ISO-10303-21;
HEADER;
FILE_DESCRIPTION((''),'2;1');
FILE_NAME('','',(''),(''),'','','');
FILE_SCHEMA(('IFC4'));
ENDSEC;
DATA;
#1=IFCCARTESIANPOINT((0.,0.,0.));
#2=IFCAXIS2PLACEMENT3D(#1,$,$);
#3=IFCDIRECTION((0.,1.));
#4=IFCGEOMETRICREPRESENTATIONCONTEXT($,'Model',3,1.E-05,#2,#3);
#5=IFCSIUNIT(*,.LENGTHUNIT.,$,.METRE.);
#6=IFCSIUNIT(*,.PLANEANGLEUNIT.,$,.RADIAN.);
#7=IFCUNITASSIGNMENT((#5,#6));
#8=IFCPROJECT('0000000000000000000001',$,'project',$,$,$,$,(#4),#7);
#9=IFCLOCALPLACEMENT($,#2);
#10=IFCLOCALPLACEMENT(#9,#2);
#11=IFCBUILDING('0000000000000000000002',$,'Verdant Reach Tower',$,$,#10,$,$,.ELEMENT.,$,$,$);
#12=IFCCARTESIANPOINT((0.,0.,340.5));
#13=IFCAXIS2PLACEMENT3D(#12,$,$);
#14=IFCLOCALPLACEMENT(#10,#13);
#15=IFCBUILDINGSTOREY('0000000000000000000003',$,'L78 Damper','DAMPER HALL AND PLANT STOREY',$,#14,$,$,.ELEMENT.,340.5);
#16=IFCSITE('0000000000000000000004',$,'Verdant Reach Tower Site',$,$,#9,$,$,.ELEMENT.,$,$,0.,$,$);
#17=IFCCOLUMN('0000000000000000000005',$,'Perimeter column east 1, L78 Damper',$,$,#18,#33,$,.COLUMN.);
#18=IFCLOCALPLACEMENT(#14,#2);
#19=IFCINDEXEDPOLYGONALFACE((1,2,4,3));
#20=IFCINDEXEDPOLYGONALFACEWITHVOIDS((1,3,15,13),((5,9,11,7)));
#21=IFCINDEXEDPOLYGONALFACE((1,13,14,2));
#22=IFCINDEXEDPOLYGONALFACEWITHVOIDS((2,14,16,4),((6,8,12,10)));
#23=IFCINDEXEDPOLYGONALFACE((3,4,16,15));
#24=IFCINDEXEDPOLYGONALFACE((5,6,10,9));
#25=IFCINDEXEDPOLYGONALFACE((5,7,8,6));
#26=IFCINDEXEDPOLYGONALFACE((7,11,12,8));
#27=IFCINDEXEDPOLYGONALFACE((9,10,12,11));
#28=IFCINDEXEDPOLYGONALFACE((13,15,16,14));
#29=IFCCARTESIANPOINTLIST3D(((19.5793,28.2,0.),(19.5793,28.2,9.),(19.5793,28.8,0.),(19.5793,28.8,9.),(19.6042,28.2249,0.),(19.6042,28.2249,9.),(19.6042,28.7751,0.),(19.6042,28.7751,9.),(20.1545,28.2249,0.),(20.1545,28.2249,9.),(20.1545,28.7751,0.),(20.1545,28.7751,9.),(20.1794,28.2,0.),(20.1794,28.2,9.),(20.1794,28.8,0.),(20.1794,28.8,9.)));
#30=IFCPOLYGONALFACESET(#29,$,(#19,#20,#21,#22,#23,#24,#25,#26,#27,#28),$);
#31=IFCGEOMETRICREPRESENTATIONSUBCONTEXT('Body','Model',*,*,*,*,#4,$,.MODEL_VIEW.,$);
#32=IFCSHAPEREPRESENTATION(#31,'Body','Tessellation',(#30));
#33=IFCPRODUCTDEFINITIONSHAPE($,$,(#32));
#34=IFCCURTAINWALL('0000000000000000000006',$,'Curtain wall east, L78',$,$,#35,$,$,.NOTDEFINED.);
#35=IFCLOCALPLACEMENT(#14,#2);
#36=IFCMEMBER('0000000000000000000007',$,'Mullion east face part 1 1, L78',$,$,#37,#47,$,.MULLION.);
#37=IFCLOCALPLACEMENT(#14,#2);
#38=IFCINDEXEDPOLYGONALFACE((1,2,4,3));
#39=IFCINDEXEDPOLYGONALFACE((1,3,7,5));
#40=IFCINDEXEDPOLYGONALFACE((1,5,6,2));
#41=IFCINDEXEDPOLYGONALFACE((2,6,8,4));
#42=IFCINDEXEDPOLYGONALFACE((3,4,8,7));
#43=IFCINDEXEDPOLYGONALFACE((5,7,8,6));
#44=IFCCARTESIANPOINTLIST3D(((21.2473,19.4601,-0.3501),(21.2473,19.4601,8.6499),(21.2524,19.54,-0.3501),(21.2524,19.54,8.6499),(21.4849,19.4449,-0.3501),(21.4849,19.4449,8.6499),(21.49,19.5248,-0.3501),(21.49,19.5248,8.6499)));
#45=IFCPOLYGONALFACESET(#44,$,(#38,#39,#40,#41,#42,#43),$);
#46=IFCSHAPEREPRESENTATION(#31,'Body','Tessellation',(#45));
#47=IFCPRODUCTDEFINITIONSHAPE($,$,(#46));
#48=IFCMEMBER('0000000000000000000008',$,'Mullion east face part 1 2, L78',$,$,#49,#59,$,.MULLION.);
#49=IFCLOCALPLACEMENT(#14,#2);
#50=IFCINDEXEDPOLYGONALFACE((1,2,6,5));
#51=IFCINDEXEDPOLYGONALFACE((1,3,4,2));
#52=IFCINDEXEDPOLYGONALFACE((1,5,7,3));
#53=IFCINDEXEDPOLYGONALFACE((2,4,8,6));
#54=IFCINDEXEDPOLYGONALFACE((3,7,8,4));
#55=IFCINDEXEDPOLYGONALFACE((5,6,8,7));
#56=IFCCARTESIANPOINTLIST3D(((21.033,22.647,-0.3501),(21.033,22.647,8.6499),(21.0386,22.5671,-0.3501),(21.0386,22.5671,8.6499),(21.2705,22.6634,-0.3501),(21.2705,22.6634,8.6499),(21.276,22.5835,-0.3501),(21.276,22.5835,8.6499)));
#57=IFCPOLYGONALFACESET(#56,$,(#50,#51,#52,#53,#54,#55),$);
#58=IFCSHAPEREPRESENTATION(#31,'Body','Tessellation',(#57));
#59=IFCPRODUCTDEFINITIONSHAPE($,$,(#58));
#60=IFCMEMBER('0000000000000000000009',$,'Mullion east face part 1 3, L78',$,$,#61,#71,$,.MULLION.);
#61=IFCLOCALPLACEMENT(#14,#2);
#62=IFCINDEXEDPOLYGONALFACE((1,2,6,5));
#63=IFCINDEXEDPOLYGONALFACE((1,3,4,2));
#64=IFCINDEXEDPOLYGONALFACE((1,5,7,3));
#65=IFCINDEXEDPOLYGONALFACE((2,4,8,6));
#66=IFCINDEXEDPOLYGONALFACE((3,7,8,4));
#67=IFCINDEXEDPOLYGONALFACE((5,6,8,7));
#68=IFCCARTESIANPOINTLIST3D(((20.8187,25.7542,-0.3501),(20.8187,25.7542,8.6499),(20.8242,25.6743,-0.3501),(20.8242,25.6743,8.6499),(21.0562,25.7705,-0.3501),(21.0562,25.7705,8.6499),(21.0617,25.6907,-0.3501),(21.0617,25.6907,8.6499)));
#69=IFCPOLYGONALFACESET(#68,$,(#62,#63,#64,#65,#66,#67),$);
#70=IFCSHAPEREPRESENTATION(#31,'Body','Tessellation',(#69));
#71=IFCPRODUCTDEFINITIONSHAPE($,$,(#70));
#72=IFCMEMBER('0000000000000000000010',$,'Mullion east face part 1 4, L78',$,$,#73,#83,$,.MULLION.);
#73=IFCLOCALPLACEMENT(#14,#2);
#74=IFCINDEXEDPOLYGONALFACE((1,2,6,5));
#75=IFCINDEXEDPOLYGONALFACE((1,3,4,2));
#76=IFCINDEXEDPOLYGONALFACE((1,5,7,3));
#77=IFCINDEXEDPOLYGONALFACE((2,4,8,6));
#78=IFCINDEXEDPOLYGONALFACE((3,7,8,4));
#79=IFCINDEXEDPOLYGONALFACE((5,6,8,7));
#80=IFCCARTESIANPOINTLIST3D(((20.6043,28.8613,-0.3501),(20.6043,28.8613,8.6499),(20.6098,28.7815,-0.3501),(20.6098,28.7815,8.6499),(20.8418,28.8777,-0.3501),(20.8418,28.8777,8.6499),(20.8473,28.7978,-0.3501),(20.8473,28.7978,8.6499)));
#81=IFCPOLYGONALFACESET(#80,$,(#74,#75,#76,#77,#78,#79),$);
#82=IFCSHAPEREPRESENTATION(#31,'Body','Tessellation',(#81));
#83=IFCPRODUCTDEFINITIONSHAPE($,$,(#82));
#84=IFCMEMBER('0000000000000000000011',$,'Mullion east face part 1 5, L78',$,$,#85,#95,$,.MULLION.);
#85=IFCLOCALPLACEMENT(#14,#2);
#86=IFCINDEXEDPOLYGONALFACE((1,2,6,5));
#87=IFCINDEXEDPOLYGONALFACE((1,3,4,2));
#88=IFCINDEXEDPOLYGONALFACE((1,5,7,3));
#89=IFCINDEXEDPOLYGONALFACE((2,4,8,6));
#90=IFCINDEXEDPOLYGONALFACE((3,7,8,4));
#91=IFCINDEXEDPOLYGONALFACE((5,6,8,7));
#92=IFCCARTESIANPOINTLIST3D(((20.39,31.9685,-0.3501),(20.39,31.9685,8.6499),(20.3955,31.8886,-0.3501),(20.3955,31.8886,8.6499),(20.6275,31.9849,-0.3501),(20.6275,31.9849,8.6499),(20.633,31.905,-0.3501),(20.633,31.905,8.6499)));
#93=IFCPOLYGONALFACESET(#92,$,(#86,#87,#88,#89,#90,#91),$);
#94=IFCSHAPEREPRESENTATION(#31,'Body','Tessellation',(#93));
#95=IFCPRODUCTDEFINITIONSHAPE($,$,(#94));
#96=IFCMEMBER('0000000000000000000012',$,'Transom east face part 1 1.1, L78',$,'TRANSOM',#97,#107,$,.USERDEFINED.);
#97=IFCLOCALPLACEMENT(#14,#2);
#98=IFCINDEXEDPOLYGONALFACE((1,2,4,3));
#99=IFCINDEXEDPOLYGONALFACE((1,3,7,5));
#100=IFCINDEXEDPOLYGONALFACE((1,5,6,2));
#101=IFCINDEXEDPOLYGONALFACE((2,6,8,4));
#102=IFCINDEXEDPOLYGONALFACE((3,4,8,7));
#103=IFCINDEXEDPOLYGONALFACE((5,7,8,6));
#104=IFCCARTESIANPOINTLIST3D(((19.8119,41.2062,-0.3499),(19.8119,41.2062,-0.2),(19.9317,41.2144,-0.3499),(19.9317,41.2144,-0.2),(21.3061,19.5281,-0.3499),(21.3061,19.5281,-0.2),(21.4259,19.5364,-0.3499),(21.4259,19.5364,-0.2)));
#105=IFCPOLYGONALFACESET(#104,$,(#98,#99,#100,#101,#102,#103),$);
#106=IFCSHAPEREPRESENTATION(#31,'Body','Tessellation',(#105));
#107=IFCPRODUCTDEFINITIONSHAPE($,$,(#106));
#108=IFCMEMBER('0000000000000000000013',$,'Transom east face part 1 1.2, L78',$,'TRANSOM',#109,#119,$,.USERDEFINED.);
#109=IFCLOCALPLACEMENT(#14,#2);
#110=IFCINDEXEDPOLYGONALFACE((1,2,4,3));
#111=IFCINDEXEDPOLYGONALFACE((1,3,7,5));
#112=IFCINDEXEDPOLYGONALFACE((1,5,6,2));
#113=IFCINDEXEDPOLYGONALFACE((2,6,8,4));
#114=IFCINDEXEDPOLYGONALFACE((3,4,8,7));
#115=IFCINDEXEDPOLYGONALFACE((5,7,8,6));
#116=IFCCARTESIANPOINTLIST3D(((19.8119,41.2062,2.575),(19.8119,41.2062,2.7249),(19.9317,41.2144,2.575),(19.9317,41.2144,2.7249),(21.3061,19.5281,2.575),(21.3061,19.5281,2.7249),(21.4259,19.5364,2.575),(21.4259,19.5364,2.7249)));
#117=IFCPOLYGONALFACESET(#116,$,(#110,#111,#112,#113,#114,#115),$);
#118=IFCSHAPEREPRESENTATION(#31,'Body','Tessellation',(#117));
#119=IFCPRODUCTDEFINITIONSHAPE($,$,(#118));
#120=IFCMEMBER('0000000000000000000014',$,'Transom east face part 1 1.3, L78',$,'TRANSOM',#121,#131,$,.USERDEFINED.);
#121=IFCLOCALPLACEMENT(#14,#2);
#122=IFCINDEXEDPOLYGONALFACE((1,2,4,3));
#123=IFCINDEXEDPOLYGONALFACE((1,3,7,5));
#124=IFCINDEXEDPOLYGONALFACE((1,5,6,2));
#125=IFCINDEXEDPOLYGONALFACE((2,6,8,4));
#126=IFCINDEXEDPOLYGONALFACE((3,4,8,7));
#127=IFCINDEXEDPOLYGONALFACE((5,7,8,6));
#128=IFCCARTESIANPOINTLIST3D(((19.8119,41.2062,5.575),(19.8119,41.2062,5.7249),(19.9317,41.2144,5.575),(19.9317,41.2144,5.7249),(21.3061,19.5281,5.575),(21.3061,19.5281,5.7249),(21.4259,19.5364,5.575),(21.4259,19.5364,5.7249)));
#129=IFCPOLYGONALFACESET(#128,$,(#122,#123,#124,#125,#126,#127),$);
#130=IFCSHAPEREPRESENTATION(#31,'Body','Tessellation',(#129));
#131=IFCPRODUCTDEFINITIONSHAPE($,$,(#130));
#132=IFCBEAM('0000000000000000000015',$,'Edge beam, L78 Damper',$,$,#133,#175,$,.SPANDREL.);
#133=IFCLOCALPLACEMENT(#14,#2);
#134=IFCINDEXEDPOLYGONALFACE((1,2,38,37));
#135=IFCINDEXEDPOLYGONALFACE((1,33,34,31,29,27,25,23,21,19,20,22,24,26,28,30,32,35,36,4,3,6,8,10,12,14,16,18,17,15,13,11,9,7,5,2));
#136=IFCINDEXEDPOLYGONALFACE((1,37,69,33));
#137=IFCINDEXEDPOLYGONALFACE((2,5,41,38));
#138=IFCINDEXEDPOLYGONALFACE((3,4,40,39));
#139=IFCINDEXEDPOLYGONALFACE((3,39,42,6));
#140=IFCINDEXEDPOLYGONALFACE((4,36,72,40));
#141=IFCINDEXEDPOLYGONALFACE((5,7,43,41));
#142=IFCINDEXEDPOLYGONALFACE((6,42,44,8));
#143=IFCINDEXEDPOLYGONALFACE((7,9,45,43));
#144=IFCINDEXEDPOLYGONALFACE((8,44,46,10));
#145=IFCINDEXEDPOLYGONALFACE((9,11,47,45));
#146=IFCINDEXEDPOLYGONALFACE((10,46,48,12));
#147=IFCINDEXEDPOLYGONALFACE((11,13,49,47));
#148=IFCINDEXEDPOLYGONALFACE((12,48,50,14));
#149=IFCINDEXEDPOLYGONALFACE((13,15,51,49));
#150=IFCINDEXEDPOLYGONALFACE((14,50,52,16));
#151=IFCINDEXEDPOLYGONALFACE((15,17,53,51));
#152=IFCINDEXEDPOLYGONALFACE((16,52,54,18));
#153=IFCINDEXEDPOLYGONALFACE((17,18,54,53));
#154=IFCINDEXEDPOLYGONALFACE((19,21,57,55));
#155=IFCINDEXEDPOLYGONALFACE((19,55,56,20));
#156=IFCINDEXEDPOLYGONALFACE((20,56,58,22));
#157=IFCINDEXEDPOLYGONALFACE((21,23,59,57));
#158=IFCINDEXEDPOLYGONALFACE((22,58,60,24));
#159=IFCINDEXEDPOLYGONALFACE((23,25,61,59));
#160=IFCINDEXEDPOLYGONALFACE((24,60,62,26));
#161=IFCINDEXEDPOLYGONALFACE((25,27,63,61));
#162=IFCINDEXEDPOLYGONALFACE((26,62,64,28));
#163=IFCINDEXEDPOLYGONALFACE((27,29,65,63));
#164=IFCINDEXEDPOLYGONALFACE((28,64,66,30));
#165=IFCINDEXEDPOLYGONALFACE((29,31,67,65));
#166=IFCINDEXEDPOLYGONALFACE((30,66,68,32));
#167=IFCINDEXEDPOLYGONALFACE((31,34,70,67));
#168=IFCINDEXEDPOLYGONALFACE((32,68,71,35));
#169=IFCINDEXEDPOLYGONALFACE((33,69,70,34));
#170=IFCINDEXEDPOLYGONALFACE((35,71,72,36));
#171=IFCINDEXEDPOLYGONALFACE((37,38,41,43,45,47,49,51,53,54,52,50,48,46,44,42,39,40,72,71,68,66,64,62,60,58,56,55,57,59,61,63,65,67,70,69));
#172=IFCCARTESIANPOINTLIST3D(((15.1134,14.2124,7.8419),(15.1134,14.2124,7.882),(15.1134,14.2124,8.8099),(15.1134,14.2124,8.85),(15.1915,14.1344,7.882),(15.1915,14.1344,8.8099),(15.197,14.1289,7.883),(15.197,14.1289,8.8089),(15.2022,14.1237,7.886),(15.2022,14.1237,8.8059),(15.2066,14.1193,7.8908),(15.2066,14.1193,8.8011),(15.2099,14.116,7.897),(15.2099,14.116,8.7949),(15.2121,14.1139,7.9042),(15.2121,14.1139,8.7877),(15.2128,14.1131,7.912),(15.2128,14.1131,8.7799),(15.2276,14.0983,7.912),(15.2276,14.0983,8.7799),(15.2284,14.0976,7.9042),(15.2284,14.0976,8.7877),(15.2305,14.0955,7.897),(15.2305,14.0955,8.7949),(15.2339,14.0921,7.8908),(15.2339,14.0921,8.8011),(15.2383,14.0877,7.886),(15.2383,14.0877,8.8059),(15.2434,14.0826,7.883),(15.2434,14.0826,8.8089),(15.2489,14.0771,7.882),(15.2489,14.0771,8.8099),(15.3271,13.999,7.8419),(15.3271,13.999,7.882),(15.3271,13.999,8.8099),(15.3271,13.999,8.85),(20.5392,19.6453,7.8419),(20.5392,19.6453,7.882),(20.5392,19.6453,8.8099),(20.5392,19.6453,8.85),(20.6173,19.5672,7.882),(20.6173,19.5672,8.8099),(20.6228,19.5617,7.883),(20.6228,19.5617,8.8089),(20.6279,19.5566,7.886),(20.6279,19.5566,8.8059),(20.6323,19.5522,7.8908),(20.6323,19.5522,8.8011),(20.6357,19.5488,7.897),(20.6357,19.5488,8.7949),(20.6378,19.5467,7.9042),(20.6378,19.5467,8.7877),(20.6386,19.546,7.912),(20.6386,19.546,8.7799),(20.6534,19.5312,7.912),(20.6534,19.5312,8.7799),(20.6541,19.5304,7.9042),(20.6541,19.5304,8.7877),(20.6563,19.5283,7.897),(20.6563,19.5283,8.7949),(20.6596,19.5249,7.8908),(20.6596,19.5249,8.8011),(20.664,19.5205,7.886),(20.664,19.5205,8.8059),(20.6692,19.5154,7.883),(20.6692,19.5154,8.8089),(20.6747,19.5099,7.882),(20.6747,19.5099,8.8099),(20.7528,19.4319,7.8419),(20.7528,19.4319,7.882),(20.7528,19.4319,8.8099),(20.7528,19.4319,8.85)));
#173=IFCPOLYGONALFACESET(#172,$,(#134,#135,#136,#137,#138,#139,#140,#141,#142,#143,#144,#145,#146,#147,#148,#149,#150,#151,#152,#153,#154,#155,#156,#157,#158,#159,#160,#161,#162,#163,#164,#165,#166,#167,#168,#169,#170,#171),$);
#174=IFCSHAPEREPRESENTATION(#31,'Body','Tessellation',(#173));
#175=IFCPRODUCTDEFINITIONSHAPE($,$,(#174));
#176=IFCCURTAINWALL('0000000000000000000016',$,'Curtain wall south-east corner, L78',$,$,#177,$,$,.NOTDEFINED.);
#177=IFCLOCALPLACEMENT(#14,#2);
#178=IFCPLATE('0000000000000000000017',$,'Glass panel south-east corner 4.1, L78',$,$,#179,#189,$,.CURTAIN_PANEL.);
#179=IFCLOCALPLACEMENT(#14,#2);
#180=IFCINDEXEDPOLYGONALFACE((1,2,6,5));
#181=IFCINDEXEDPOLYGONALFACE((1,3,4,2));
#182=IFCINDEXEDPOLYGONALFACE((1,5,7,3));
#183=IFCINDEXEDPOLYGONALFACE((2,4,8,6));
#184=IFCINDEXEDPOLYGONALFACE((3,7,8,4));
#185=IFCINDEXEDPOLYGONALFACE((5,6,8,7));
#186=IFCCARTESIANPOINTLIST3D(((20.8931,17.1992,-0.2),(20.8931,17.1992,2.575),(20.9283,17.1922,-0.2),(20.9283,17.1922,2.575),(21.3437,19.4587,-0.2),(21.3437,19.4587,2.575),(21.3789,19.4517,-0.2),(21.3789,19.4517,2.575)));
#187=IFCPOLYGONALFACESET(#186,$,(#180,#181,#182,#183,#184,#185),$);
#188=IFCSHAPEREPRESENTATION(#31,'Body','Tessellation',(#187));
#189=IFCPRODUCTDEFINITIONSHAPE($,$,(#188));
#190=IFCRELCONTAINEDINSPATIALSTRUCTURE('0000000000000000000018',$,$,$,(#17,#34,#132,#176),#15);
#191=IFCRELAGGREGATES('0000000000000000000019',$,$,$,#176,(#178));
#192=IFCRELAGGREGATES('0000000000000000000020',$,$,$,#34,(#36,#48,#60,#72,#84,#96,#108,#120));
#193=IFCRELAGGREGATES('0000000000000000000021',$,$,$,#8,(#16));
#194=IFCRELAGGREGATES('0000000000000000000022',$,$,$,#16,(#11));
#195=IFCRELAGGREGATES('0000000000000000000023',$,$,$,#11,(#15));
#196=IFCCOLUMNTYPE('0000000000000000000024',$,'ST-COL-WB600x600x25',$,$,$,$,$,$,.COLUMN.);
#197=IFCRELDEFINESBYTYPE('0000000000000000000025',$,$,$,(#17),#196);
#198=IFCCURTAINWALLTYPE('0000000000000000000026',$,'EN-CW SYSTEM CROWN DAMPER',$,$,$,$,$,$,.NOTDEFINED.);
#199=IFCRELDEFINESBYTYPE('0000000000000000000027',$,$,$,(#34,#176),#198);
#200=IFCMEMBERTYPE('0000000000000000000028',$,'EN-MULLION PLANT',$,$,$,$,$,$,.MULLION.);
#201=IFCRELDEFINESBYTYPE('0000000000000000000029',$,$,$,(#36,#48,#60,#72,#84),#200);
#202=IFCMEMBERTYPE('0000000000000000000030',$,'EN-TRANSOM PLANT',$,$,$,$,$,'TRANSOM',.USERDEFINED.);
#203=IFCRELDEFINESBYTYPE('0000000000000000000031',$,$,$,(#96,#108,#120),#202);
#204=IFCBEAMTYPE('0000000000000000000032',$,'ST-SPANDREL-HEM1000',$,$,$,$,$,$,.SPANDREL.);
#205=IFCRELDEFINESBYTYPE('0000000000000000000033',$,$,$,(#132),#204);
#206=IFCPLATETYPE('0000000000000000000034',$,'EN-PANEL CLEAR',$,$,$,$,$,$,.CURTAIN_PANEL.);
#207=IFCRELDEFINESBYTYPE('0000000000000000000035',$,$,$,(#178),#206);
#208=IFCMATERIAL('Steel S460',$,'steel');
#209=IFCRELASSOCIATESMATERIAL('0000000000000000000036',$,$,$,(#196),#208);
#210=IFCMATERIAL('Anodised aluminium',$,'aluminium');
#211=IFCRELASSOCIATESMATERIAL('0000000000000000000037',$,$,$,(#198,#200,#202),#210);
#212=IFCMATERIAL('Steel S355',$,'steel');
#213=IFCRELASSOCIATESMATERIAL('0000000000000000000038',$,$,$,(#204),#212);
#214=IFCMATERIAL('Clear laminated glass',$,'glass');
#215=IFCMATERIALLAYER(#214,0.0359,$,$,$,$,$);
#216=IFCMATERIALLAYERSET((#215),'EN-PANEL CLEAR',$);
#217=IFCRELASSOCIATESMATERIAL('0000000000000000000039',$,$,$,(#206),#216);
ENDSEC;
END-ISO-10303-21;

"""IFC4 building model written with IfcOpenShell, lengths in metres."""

from ifc_helpers import new_model, si_unit, direction, frame, origin, origin_2d, place, context, subcontext, project, spatial, rectangle, hollow_rectangle, i_section, extrude, material, layer, layer_set, material_profile, profile_set, type_object, element, aggregate, save


model = new_model("IFC4")

# Units and contexts
model_context = context("Model", 3, precision=1e-05, world=origin(), true_north=direction((0.0, 1.0)))
body_context = subcontext(model_context, "Body", "Model", "MODEL_VIEW")
ifc_project = project(units=[si_unit("LENGTHUNIT", "METRE"), si_unit("PLANEANGLEUNIT", "RADIAN")], contexts=[model_context])

# Site, building, storey
site_placement = place(None, origin())
site = spatial("IfcSite", under=ifc_project, at=site_placement, Name="Verdant Reach Tower Site", CompositionType="ELEMENT", RefElevation=0.0)
building_placement = place(site_placement, origin())
building = spatial("IfcBuilding", under=site, at=building_placement, Name="Verdant Reach Tower", CompositionType="ELEMENT")
storey_placement = place(building_placement, frame((0.0, 0.0, 340.5)))
storey = spatial("IfcBuildingStorey", under=building, at=storey_placement, Name="L78 Damper", Description="DAMPER HALL AND PLANT STOREY", CompositionType="ELEMENT", Elevation=340.5)

# Column
ifc_material_1 = material(Name="Steel S460", Category="steel")
ifc_material_profile_1 = material_profile(ifc_material_1, hollow_rectangle(XDim=0.6001, YDim=0.6001, WallThickness=0.0249, at=origin_2d()), Name="WB 600x600x25")
ifc_profile_set_1 = profile_set([ifc_material_profile_1], Name="Steel S460")
column_type = type_object("IfcColumnType", Name="ST-COL-WB600x600x25", PredefinedType="COLUMN", material=ifc_profile_set_1)
column_placement = place(storey_placement, frame((19.8794, 28.5, 0.0), z_axis=(0.0, 0.0, 1.0), x_axis=(1.0, 0.0, 0.0)))
element("IfcColumn", 1, at=column_placement, inside=storey, type_object=column_type, Name="Perimeter column east 1, L78 Damper", PredefinedType="COLUMN", context=body_context, shape_type="SweptSolid", body=[
    extrude(hollow_rectangle(XDim=0.6001, YDim=0.6001, WallThickness=0.0249, at=origin_2d()), origin(), (0.0, 0.0, 1.0), 9.0),
])

# Curtain wall, members
ifc_material_2 = material(Name="Anodised aluminium", Category="aluminium")
curtain_wall_type = type_object("IfcCurtainWallType", Name="EN-CW SYSTEM CROWN DAMPER", PredefinedType="NOTDEFINED", material=ifc_material_2)
curtain_wall_1_placement = place(storey_placement, origin())
curtain_wall_1 = element("IfcCurtainWall", 2, at=curtain_wall_1_placement, inside=storey, type_object=curtain_wall_type, Name="Curtain wall east, L78", PredefinedType="NOTDEFINED")
ifc_material_profile_2 = material_profile(ifc_material_2, rectangle(XDim=0.238, YDim=0.0801, at=origin_2d()), Name="Mullion 80x240")
ifc_profile_set_2 = profile_set([ifc_material_profile_2], Name="Anodised aluminium")
member_type_1 = type_object("IfcMemberType", Name="EN-MULLION PLANT", PredefinedType="MULLION", material=ifc_profile_set_2)
member_1_placement = place(storey_placement, frame((21.3687, 19.4924, -0.3501), z_axis=(0.0, 0.0, 1.0), x_axis=(0.997969, -0.063699, 0.0)))
member_1 = element("IfcMember", 3, at=member_1_placement, type_object=member_type_1, Name="Mullion east face part 1 1, L78", PredefinedType="MULLION", context=body_context, shape_type="SweptSolid", body=[
    extrude(rectangle(XDim=0.238, YDim=0.0801, at=origin_2d()), origin(), (0.0, 0.0, 1.0), 9.0),
])
member_2_placement = place(storey_placement, frame((21.1545, 22.6152, -0.3501), z_axis=(0.0, 0.0, 1.0), x_axis=(0.99763, 0.068802, 0.0)))
member_2 = element("IfcMember", 4, at=member_2_placement, type_object=member_type_1, Name="Mullion east face part 1 2, L78", PredefinedType="MULLION", context=body_context, shape_type="SweptSolid", body=[
    extrude(rectangle(XDim=0.238, YDim=0.0801, at=origin_2d()), origin(), (0.0, 0.0, 1.0), 9.0),
])
member_3_placement = place(storey_placement, frame((20.9402, 25.7224, -0.3501), z_axis=(0.0, 0.0, 1.0), x_axis=(0.99763, 0.068802, 0.0)))
member_3 = element("IfcMember", 5, at=member_3_placement, type_object=member_type_1, Name="Mullion east face part 1 3, L78", PredefinedType="MULLION", context=body_context, shape_type="SweptSolid", body=[
    extrude(rectangle(XDim=0.238, YDim=0.0801, at=origin_2d()), origin(), (0.0, 0.0, 1.0), 9.0),
])
member_4_placement = place(storey_placement, frame((20.7258, 28.8296, -0.3501), z_axis=(0.0, 0.0, 1.0), x_axis=(0.99763, 0.068802, 0.0)))
member_4 = element("IfcMember", 6, at=member_4_placement, type_object=member_type_1, Name="Mullion east face part 1 4, L78", PredefinedType="MULLION", context=body_context, shape_type="SweptSolid", body=[
    extrude(rectangle(XDim=0.238, YDim=0.0801, at=origin_2d()), origin(), (0.0, 0.0, 1.0), 9.0),
])
member_5_placement = place(storey_placement, frame((20.5115, 31.9368, -0.3501), z_axis=(0.0, 0.0, 1.0), x_axis=(0.99763, 0.068802, 0.0)))
member_5 = element("IfcMember", 7, at=member_5_placement, type_object=member_type_1, Name="Mullion east face part 1 5, L78", PredefinedType="MULLION", context=body_context, shape_type="SweptSolid", body=[
    extrude(rectangle(XDim=0.238, YDim=0.0801, at=origin_2d()), origin(), (0.0, 0.0, 1.0), 9.0),
])
ifc_material_profile_3 = material_profile(ifc_material_2, rectangle(XDim=0.1201, YDim=0.1499, at=origin_2d()), Name="Transom 150x120")
ifc_profile_set_3 = profile_set([ifc_material_profile_3], Name="Anodised aluminium")
member_type_2 = type_object("IfcMemberType", Name="EN-TRANSOM PLANT", ElementType="TRANSOM", PredefinedType="USERDEFINED", material=ifc_profile_set_3)
member_6_placement = place(storey_placement, frame((21.366, 19.5322, -0.2749), z_axis=(-0.068761, 0.997633, 0.0), x_axis=(-0.997633, -0.068761, 0.0)))
member_6 = element("IfcMember", 8, at=member_6_placement, type_object=member_type_2, Name="Transom east face part 1 1.1, L78", ObjectType="TRANSOM", PredefinedType="USERDEFINED", context=body_context, shape_type="SweptSolid", body=[
    extrude(rectangle(XDim=0.1201, YDim=0.1499, at=origin_2d()), origin(), (0.0, 0.0, 1.0), 21.7295),
])
member_7_placement = place(storey_placement, frame((21.366, 19.5322, 2.6499), z_axis=(-0.068761, 0.997633, 0.0), x_axis=(-0.997633, -0.068761, 0.0)))
member_7 = element("IfcMember", 9, at=member_7_placement, type_object=member_type_2, Name="Transom east face part 1 1.2, L78", ObjectType="TRANSOM", PredefinedType="USERDEFINED", context=body_context, shape_type="SweptSolid", body=[
    extrude(rectangle(XDim=0.1201, YDim=0.1499, at=origin_2d()), origin(), (0.0, 0.0, 1.0), 21.7295),
])
member_8_placement = place(storey_placement, frame((21.366, 19.5322, 5.6499), z_axis=(-0.068761, 0.997633, 0.0), x_axis=(-0.997633, -0.068761, 0.0)))
member_8 = element("IfcMember", 10, at=member_8_placement, type_object=member_type_2, Name="Transom east face part 1 1.3, L78", ObjectType="TRANSOM", PredefinedType="USERDEFINED", context=body_context, shape_type="SweptSolid", body=[
    extrude(rectangle(XDim=0.1201, YDim=0.1499, at=origin_2d()), origin(), (0.0, 0.0, 1.0), 21.7295),
])

# Beam
ifc_material_3 = material(Name="Steel S355", Category="steel")
ifc_material_profile_4 = material_profile(ifc_material_3, i_section(OverallWidth=0.302, OverallDepth=1.0081, WebThickness=0.021, FlangeThickness=0.04, FilletRadius=0.03, at=origin_2d()), Name="HEM 1000")
ifc_profile_set_4 = profile_set([ifc_material_profile_4], Name="Steel S355")
beam_type = type_object("IfcBeamType", Name="ST-SPANDREL-HEM1000", PredefinedType="SPANDREL", material=ifc_profile_set_4)
beam_placement = place(storey_placement, frame((20.646, 19.5386, 8.3459), z_axis=(-0.706646, -0.707568, 0.0), x_axis=(0.707568, -0.706646, 0.0)))
element("IfcBeam", 11, at=beam_placement, inside=storey, type_object=beam_type, Name="Edge beam, L78 Damper", PredefinedType="SPANDREL", context=body_context, shape_type="SweptSolid", body=[
    extrude(i_section(OverallWidth=0.302, OverallDepth=1.0081, WebThickness=0.021, FlangeThickness=0.04, FilletRadius=0.03, at=origin_2d()), origin(), (0.0, 0.0, 1.0), 7.6782),
])

# Curtain wall, plate
curtain_wall_2_placement = place(storey_placement, origin())
curtain_wall_2 = element("IfcCurtainWall", 12, at=curtain_wall_2_placement, inside=storey, type_object=curtain_wall_type, Name="Curtain wall south-east corner, L78", PredefinedType="NOTDEFINED")
ifc_material_4 = material(Name="Clear laminated glass", Category="glass")
ifc_layer_1 = layer(ifc_material_4, 0.0359)
ifc_layer_set_1 = layer_set([ifc_layer_1], Name="EN-PANEL CLEAR")
plate_type = type_object("IfcPlateType", Name="EN-PANEL CLEAR", PredefinedType="CURTAIN_PANEL", material=ifc_layer_set_1)
plate_1_placement = place(storey_placement, frame((21.136, 18.3254, -0.2), z_axis=(0.0, 0.0, 1.0), x_axis=(0.195593, 0.980685, 0.0)))
plate_1 = element("IfcPlate", 13, at=plate_1_placement, type_object=plate_type, Name="Glass panel south-east corner 4.1, L78", PredefinedType="CURTAIN_PANEL", context=body_context, shape_type="SweptSolid", body=[
    extrude(rectangle(XDim=2.304, YDim=0.0359, at=origin_2d()), origin(), (0.0, 0.0, 1.0), 2.7749),
])
aggregate(curtain_wall_2, [plate_1])

aggregate(curtain_wall_1, [member_1, member_2, member_3, member_4, member_5, member_6, member_7, member_8])

save(model, "model.ifc")
